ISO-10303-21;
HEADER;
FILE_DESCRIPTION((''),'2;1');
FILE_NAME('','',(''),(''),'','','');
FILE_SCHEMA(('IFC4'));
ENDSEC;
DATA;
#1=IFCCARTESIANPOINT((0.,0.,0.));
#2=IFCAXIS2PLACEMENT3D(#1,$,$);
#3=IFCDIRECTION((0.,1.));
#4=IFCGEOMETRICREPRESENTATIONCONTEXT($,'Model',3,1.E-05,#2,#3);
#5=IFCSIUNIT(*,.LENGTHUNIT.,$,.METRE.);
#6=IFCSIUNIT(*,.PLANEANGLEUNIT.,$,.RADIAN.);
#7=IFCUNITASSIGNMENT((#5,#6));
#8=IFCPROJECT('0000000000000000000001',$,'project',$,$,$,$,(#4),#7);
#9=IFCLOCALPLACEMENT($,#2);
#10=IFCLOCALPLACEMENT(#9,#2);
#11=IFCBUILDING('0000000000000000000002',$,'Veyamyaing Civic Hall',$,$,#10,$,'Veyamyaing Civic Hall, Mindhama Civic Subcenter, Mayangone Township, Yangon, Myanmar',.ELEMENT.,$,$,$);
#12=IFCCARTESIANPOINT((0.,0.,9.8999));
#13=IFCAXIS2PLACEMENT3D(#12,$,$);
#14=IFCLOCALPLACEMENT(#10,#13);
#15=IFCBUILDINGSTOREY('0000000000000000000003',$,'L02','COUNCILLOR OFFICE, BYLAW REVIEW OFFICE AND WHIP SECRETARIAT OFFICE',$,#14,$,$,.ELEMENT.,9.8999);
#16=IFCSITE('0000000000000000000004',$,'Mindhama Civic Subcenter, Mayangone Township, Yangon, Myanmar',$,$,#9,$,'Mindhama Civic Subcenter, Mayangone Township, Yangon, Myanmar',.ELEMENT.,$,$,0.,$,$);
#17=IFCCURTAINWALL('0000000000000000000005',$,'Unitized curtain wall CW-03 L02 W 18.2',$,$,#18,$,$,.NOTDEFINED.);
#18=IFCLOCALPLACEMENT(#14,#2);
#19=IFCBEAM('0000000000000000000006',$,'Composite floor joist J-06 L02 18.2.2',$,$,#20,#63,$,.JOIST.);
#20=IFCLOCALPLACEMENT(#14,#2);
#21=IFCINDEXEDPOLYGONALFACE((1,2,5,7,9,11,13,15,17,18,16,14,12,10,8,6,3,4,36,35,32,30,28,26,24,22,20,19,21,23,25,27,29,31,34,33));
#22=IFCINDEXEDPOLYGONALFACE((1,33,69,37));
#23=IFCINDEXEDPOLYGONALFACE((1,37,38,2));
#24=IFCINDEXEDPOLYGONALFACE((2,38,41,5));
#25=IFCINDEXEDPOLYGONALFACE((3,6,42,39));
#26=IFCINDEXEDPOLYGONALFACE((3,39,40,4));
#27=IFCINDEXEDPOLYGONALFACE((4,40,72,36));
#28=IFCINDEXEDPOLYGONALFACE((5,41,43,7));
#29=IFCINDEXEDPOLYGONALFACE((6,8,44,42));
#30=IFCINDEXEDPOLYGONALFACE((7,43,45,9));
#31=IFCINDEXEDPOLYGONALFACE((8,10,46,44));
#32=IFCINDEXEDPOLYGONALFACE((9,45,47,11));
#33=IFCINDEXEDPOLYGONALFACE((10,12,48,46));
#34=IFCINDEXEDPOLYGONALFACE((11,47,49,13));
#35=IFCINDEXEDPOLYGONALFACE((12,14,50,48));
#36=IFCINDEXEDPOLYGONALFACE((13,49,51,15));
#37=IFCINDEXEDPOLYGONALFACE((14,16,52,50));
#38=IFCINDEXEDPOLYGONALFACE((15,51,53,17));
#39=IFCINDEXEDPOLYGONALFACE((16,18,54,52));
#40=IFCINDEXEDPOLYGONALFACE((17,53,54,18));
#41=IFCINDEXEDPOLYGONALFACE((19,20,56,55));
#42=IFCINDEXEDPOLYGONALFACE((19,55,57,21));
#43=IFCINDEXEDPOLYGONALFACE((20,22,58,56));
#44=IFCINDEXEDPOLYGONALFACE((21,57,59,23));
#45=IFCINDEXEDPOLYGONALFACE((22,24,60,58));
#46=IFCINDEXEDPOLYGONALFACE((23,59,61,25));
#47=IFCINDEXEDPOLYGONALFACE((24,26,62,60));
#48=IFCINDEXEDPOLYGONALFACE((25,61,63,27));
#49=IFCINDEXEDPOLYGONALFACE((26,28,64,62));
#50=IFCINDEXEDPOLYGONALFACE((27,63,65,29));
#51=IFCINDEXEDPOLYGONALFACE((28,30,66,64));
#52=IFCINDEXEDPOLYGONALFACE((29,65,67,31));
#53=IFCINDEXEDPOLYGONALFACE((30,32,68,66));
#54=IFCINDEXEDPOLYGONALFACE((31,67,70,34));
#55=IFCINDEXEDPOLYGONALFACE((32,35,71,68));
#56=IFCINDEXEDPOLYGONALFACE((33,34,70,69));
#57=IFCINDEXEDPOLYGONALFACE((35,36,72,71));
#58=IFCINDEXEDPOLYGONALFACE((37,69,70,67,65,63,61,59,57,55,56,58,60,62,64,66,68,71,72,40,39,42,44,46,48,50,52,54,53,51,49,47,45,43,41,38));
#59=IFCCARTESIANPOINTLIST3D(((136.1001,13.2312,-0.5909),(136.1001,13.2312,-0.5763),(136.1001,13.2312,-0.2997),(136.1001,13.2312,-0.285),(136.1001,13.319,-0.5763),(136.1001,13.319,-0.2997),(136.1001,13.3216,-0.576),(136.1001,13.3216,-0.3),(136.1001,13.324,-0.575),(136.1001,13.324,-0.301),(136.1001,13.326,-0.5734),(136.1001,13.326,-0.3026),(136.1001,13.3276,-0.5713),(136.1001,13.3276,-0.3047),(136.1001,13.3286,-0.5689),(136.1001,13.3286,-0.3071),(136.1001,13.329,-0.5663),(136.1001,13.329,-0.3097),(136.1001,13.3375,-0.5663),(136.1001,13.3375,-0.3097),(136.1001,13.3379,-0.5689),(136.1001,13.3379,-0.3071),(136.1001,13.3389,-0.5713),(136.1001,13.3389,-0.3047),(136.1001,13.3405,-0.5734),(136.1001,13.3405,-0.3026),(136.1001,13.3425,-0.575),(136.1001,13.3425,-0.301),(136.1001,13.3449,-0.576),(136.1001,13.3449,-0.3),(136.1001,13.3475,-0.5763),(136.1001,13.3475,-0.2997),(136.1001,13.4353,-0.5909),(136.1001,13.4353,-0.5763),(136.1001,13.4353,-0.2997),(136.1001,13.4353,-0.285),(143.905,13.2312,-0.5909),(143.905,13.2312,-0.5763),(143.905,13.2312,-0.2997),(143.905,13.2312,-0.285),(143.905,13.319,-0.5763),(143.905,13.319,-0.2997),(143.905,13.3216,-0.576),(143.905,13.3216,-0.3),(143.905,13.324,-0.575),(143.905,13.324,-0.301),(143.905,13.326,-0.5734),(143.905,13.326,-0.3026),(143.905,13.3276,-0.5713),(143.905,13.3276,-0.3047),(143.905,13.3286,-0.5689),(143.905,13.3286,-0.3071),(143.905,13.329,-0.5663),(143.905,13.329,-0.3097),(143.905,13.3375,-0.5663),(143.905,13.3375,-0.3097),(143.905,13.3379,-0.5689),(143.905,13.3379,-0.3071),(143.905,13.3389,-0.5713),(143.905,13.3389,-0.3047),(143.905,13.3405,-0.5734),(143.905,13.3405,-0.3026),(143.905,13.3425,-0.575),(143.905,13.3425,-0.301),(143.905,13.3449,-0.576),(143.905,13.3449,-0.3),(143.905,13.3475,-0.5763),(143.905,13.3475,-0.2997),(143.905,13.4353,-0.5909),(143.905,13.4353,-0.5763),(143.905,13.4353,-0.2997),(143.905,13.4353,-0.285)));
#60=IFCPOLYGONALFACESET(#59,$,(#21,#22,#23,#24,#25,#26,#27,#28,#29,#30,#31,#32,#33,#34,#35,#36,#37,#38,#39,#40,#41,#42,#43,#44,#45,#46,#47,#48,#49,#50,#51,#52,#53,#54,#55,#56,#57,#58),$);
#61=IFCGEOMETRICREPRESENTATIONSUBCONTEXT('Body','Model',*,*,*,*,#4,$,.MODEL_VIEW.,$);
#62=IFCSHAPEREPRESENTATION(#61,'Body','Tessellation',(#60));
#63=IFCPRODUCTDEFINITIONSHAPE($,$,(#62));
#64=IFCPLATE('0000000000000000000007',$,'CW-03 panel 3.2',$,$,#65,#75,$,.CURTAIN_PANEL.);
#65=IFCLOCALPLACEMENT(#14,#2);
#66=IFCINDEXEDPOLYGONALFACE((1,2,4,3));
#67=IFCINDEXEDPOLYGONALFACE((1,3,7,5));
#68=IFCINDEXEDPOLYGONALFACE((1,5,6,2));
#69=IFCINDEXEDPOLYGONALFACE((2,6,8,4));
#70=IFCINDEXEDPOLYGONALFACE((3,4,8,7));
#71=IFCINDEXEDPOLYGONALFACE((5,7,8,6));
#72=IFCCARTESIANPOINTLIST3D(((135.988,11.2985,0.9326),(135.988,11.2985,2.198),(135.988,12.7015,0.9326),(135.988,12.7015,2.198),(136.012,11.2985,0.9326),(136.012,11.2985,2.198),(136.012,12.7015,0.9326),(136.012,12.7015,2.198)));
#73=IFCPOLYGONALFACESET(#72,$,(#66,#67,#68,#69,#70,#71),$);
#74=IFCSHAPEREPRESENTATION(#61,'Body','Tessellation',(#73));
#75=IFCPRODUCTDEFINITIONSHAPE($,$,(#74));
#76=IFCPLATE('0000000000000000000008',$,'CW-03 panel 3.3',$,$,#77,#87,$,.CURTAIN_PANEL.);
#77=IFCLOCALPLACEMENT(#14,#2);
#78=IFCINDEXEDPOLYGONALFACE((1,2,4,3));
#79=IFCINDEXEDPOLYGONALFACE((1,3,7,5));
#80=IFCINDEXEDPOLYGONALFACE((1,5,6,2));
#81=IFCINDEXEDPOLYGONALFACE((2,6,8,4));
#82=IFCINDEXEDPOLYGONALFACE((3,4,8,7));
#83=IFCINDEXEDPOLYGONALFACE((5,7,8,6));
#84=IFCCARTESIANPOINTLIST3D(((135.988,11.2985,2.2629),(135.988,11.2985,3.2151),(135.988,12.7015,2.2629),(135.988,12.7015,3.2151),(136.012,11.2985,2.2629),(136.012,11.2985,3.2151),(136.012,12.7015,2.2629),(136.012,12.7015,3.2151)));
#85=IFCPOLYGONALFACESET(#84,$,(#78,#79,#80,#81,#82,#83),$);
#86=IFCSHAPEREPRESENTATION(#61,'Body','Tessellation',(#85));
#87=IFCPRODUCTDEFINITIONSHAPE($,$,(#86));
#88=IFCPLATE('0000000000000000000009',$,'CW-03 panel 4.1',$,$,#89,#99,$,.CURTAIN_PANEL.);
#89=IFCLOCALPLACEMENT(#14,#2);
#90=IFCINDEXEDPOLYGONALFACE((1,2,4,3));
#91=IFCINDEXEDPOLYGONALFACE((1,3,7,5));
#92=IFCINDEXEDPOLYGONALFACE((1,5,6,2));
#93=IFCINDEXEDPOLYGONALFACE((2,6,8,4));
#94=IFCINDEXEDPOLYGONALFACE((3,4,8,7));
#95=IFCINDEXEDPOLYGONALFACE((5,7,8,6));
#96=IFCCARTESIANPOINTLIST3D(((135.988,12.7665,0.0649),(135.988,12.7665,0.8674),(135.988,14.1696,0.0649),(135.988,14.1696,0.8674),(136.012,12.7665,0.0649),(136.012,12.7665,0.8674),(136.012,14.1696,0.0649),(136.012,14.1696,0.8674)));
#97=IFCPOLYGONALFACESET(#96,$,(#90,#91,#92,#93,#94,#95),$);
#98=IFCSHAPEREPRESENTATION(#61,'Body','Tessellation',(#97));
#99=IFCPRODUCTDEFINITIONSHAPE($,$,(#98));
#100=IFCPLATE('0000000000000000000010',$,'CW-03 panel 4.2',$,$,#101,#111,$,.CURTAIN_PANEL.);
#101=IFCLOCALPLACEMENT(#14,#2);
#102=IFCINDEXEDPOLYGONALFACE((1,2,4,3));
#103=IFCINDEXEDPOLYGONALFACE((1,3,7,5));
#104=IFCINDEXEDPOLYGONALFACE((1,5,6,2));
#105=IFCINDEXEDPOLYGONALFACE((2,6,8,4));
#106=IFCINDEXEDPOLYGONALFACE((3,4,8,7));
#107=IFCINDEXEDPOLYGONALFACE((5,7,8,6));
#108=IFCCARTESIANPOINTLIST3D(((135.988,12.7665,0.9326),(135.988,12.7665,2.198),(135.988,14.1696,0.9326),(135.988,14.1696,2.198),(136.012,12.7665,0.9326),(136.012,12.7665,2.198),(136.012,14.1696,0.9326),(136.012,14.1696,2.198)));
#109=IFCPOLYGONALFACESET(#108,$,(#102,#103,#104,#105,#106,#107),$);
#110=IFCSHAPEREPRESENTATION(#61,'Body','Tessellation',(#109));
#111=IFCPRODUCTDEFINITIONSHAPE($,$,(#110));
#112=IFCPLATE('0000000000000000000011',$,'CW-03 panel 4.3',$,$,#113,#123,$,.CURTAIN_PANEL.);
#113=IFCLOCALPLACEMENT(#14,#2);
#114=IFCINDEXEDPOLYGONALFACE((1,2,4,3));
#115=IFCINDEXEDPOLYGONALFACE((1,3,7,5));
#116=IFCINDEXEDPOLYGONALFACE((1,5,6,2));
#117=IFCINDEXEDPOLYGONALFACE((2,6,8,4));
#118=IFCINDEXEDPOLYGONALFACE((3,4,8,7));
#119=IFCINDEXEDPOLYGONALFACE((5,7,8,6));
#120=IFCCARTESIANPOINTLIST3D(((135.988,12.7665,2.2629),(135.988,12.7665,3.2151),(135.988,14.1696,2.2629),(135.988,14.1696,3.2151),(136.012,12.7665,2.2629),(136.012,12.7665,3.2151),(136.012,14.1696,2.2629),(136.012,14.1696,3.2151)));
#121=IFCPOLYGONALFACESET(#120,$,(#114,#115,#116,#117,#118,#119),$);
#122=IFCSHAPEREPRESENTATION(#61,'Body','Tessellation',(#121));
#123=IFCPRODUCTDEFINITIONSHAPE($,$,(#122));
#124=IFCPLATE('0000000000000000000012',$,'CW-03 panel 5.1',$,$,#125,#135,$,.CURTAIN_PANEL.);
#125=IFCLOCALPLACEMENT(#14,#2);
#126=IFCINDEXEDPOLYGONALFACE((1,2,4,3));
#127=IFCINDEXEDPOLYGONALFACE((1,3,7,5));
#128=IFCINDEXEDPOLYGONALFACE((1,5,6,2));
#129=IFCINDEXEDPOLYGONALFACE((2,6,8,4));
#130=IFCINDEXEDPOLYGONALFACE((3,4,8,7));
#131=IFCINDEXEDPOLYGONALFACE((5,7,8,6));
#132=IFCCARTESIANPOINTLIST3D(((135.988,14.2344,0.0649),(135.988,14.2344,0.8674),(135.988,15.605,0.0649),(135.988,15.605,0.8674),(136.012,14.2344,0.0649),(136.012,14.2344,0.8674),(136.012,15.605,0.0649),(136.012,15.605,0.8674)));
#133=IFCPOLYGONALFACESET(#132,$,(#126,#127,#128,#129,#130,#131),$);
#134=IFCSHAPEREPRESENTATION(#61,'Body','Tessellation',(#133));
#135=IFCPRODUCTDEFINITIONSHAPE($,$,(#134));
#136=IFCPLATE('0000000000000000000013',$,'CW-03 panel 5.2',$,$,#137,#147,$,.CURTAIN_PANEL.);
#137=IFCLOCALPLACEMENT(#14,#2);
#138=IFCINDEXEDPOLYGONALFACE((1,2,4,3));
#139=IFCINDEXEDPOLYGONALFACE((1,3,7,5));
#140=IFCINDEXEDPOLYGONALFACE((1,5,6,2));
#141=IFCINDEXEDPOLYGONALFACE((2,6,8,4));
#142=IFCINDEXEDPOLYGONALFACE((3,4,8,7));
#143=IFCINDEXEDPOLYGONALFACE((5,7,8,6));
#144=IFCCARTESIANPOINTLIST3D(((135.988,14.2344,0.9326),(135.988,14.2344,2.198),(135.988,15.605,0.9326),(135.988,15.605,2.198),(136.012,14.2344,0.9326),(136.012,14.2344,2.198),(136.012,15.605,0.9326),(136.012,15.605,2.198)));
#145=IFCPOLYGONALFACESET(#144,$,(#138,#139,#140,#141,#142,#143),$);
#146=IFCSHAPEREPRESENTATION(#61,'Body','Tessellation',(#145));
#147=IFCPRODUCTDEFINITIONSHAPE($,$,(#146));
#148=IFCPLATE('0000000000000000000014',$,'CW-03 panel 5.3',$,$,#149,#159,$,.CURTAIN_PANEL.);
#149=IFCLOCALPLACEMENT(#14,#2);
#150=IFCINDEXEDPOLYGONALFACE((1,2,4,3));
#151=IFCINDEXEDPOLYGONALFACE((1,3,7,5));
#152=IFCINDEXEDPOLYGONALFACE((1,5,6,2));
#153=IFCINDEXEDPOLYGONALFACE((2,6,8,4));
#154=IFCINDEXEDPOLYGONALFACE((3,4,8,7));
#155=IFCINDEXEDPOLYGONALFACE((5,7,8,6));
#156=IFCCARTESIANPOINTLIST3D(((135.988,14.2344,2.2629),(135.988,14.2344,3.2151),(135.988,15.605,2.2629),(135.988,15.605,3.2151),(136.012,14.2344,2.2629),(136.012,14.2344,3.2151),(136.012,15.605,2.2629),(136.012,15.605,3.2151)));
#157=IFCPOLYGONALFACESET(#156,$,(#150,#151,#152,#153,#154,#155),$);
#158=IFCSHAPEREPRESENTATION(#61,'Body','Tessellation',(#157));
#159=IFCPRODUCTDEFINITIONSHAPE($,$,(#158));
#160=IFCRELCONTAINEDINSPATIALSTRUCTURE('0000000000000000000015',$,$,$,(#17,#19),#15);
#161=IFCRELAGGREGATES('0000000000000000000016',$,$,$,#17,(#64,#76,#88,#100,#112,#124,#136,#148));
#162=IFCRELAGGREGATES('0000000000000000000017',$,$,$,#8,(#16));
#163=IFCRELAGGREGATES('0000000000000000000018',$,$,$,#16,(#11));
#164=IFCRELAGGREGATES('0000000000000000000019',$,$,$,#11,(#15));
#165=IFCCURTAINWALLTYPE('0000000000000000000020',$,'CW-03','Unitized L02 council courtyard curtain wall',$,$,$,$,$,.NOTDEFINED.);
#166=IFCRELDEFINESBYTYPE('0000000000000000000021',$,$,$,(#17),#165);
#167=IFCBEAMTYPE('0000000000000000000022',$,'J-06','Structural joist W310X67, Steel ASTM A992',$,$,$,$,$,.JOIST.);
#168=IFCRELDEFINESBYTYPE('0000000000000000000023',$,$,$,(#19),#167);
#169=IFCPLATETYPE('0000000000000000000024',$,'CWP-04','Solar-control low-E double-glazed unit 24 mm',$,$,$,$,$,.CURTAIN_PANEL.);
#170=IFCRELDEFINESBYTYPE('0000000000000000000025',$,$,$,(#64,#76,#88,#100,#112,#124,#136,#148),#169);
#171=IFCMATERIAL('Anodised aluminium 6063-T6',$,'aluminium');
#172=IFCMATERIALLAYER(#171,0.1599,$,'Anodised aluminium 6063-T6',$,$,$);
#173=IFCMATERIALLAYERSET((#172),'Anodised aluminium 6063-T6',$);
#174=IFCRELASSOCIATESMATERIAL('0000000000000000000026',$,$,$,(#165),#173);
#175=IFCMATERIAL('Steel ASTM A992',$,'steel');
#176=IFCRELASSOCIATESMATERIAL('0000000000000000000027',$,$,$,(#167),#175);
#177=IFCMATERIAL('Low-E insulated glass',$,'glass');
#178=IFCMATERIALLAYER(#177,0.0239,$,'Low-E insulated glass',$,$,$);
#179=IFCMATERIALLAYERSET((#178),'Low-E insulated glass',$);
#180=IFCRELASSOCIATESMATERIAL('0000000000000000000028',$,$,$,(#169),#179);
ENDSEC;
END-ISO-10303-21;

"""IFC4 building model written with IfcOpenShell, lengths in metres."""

from ifc_helpers import new_model, si_unit, direction, frame, origin, origin_2d, place, context, subcontext, project, spatial, rectangle, i_section, extrude, material, layer, layer_set, material_profile, profile_set, type_object, element, aggregate, save


model = new_model("IFC4")

# Units and contexts
model_context = context("Model", 3, precision=1e-05, world=origin(), true_north=direction((0.0, 1.0)))
body_context = subcontext(model_context, "Body", "Model", "MODEL_VIEW")
ifc_project = project(units=[si_unit("LENGTHUNIT", "METRE"), si_unit("PLANEANGLEUNIT", "RADIAN")], contexts=[model_context])

# Site, building, storey
site_placement = place(None, origin())
site = spatial("IfcSite", under=ifc_project, at=site_placement, Name="Mindhama Civic Subcenter, Mayangone Township, Yangon, Myanmar", LongName="Mindhama Civic Subcenter, Mayangone Township, Yangon, Myanmar", CompositionType="ELEMENT", RefElevation=0.0)
building_placement = place(site_placement, origin())
building = spatial("IfcBuilding", under=site, at=building_placement, Name="Veyamyaing Civic Hall", LongName="Veyamyaing Civic Hall, Mindhama Civic Subcenter, Mayangone Township, Yangon, Myanmar", CompositionType="ELEMENT")
storey_placement = place(building_placement, frame((0.0, 0.0, 9.8999)))
storey = spatial("IfcBuildingStorey", under=building, at=storey_placement, Name="L02", Description="COUNCILLOR OFFICE, BYLAW REVIEW OFFICE AND WHIP SECRETARIAT OFFICE", CompositionType="ELEMENT", Elevation=9.8999)

# Curtain wall
ifc_material_1 = material(Name="Anodised aluminium 6063-T6", Category="aluminium")
ifc_layer_1 = layer(ifc_material_1, 0.1599, Name="Anodised aluminium 6063-T6")
ifc_layer_set_1 = layer_set([ifc_layer_1], Name="Anodised aluminium 6063-T6")
curtain_wall_type = type_object("IfcCurtainWallType", Name="CW-03", Description="Unitized L02 council courtyard curtain wall", PredefinedType="NOTDEFINED", material=ifc_layer_set_1)
curtain_wall_placement = place(storey_placement, origin())
curtain_wall = element("IfcCurtainWall", 1, at=curtain_wall_placement, inside=storey, type_object=curtain_wall_type, Name="Unitized curtain wall CW-03 L02 W 18.2", PredefinedType="NOTDEFINED")

# Beam
ifc_material_2 = material(Name="Steel ASTM A992", Category="steel")
ifc_material_profile_1 = material_profile(ifc_material_2, i_section(OverallWidth=0.2041, OverallDepth=0.3059, WebThickness=0.0085, FlangeThickness=0.0146, FilletRadius=0.01, at=origin_2d()), Name="W310X67")
ifc_profile_set_1 = profile_set([ifc_material_profile_1], Name="Steel ASTM A992")
beam_type = type_object("IfcBeamType", Name="J-06", Description="Structural joist W310X67, Steel ASTM A992", PredefinedType="JOIST", material=ifc_profile_set_1)
beam_placement = place(storey_placement, frame((136.1001, 13.3333, -0.438), z_axis=(1.0, 0.0, 0.0), x_axis=(0.0, 1.0, 0.0)))
element("IfcBeam", 2, at=beam_placement, inside=storey, type_object=beam_type, Name="Composite floor joist J-06 L02 18.2.2", PredefinedType="JOIST", context=body_context, shape_type="SweptSolid", body=[
    extrude(i_section(OverallWidth=0.2041, OverallDepth=0.3059, WebThickness=0.0085, FlangeThickness=0.0146, FilletRadius=0.01, at=origin_2d()), origin(), (0.0, 0.0, 1.0), 7.8049),
])

# Plates
ifc_material_3 = material(Name="Low-E insulated glass", Category="glass")
ifc_layer_2 = layer(ifc_material_3, 0.0239, Name="Low-E insulated glass")
ifc_layer_set_2 = layer_set([ifc_layer_2], Name="Low-E insulated glass")
plate_type = type_object("IfcPlateType", Name="CWP-04", Description="Solar-control low-E double-glazed unit 24 mm", PredefinedType="CURTAIN_PANEL", material=ifc_layer_set_2)
plate_1_placement = place(storey_placement, frame((136.0, 12.0, 0.9326), z_axis=(0.0, 0.0, 1.0), x_axis=(0.0, 1.0, 0.0)))
plate_1 = element("IfcPlate", 3, at=plate_1_placement, type_object=plate_type, Name="CW-03 panel 3.2", PredefinedType="CURTAIN_PANEL", context=body_context, shape_type="SweptSolid", body=[
    extrude(rectangle(XDim=1.4031, YDim=0.0239, at=origin_2d()), origin(), (0.0, 0.0, 1.0), 1.2654),
])
plate_2_placement = place(storey_placement, frame((136.0, 12.0, 2.2629), z_axis=(0.0, 0.0, 1.0), x_axis=(0.0, 1.0, 0.0)))
plate_2 = element("IfcPlate", 4, at=plate_2_placement, type_object=plate_type, Name="CW-03 panel 3.3", PredefinedType="CURTAIN_PANEL", context=body_context, shape_type="SweptSolid", body=[
    extrude(rectangle(XDim=1.4031, YDim=0.0239, at=origin_2d()), origin(), (0.0, 0.0, 1.0), 0.9521),
])
plate_3_placement = place(storey_placement, frame((136.0, 13.468, 0.0649), z_axis=(0.0, 0.0, 1.0), x_axis=(0.0, 1.0, 0.0)))
plate_3 = element("IfcPlate", 5, at=plate_3_placement, type_object=plate_type, Name="CW-03 panel 4.1", PredefinedType="CURTAIN_PANEL", context=body_context, shape_type="SweptSolid", body=[
    extrude(rectangle(XDim=1.4031, YDim=0.0239, at=origin_2d()), origin(), (0.0, 0.0, 1.0), 0.8025),
])
plate_4_placement = place(storey_placement, frame((136.0, 13.468, 0.9326), z_axis=(0.0, 0.0, 1.0), x_axis=(0.0, 1.0, 0.0)))
plate_4 = element("IfcPlate", 6, at=plate_4_placement, type_object=plate_type, Name="CW-03 panel 4.2", PredefinedType="CURTAIN_PANEL", context=body_context, shape_type="SweptSolid", body=[
    extrude(rectangle(XDim=1.4031, YDim=0.0239, at=origin_2d()), origin(), (0.0, 0.0, 1.0), 1.2654),
])
plate_5_placement = place(storey_placement, frame((136.0, 13.468, 2.2629), z_axis=(0.0, 0.0, 1.0), x_axis=(0.0, 1.0, 0.0)))
plate_5 = element("IfcPlate", 7, at=plate_5_placement, type_object=plate_type, Name="CW-03 panel 4.3", PredefinedType="CURTAIN_PANEL", context=body_context, shape_type="SweptSolid", body=[
    extrude(rectangle(XDim=1.4031, YDim=0.0239, at=origin_2d()), origin(), (0.0, 0.0, 1.0), 0.9521),
])
plate_6_placement = place(storey_placement, frame((136.0, 14.9197, 0.0649), z_axis=(0.0, 0.0, 1.0), x_axis=(0.0, 1.0, 0.0)))
plate_6 = element("IfcPlate", 8, at=plate_6_placement, type_object=plate_type, Name="CW-03 panel 5.1", PredefinedType="CURTAIN_PANEL", context=body_context, shape_type="SweptSolid", body=[
    extrude(rectangle(XDim=1.3706, YDim=0.0239, at=origin_2d()), origin(), (0.0, 0.0, 1.0), 0.8025),
])
plate_7_placement = place(storey_placement, frame((136.0, 14.9197, 0.9326), z_axis=(0.0, 0.0, 1.0), x_axis=(0.0, 1.0, 0.0)))
plate_7 = element("IfcPlate", 9, at=plate_7_placement, type_object=plate_type, Name="CW-03 panel 5.2", PredefinedType="CURTAIN_PANEL", context=body_context, shape_type="SweptSolid", body=[
    extrude(rectangle(XDim=1.3706, YDim=0.0239, at=origin_2d()), origin(), (0.0, 0.0, 1.0), 1.2654),
])
plate_8_placement = place(storey_placement, frame((136.0, 14.9197, 2.2629), z_axis=(0.0, 0.0, 1.0), x_axis=(0.0, 1.0, 0.0)))
plate_8 = element("IfcPlate", 10, at=plate_8_placement, type_object=plate_type, Name="CW-03 panel 5.3", PredefinedType="CURTAIN_PANEL", context=body_context, shape_type="SweptSolid", body=[
    extrude(rectangle(XDim=1.3706, YDim=0.0239, at=origin_2d()), origin(), (0.0, 0.0, 1.0), 0.9521),
])
aggregate(curtain_wall, [plate_1, plate_2, plate_3, plate_4, plate_5, plate_6, plate_7, plate_8])

save(model, "model.ifc")
